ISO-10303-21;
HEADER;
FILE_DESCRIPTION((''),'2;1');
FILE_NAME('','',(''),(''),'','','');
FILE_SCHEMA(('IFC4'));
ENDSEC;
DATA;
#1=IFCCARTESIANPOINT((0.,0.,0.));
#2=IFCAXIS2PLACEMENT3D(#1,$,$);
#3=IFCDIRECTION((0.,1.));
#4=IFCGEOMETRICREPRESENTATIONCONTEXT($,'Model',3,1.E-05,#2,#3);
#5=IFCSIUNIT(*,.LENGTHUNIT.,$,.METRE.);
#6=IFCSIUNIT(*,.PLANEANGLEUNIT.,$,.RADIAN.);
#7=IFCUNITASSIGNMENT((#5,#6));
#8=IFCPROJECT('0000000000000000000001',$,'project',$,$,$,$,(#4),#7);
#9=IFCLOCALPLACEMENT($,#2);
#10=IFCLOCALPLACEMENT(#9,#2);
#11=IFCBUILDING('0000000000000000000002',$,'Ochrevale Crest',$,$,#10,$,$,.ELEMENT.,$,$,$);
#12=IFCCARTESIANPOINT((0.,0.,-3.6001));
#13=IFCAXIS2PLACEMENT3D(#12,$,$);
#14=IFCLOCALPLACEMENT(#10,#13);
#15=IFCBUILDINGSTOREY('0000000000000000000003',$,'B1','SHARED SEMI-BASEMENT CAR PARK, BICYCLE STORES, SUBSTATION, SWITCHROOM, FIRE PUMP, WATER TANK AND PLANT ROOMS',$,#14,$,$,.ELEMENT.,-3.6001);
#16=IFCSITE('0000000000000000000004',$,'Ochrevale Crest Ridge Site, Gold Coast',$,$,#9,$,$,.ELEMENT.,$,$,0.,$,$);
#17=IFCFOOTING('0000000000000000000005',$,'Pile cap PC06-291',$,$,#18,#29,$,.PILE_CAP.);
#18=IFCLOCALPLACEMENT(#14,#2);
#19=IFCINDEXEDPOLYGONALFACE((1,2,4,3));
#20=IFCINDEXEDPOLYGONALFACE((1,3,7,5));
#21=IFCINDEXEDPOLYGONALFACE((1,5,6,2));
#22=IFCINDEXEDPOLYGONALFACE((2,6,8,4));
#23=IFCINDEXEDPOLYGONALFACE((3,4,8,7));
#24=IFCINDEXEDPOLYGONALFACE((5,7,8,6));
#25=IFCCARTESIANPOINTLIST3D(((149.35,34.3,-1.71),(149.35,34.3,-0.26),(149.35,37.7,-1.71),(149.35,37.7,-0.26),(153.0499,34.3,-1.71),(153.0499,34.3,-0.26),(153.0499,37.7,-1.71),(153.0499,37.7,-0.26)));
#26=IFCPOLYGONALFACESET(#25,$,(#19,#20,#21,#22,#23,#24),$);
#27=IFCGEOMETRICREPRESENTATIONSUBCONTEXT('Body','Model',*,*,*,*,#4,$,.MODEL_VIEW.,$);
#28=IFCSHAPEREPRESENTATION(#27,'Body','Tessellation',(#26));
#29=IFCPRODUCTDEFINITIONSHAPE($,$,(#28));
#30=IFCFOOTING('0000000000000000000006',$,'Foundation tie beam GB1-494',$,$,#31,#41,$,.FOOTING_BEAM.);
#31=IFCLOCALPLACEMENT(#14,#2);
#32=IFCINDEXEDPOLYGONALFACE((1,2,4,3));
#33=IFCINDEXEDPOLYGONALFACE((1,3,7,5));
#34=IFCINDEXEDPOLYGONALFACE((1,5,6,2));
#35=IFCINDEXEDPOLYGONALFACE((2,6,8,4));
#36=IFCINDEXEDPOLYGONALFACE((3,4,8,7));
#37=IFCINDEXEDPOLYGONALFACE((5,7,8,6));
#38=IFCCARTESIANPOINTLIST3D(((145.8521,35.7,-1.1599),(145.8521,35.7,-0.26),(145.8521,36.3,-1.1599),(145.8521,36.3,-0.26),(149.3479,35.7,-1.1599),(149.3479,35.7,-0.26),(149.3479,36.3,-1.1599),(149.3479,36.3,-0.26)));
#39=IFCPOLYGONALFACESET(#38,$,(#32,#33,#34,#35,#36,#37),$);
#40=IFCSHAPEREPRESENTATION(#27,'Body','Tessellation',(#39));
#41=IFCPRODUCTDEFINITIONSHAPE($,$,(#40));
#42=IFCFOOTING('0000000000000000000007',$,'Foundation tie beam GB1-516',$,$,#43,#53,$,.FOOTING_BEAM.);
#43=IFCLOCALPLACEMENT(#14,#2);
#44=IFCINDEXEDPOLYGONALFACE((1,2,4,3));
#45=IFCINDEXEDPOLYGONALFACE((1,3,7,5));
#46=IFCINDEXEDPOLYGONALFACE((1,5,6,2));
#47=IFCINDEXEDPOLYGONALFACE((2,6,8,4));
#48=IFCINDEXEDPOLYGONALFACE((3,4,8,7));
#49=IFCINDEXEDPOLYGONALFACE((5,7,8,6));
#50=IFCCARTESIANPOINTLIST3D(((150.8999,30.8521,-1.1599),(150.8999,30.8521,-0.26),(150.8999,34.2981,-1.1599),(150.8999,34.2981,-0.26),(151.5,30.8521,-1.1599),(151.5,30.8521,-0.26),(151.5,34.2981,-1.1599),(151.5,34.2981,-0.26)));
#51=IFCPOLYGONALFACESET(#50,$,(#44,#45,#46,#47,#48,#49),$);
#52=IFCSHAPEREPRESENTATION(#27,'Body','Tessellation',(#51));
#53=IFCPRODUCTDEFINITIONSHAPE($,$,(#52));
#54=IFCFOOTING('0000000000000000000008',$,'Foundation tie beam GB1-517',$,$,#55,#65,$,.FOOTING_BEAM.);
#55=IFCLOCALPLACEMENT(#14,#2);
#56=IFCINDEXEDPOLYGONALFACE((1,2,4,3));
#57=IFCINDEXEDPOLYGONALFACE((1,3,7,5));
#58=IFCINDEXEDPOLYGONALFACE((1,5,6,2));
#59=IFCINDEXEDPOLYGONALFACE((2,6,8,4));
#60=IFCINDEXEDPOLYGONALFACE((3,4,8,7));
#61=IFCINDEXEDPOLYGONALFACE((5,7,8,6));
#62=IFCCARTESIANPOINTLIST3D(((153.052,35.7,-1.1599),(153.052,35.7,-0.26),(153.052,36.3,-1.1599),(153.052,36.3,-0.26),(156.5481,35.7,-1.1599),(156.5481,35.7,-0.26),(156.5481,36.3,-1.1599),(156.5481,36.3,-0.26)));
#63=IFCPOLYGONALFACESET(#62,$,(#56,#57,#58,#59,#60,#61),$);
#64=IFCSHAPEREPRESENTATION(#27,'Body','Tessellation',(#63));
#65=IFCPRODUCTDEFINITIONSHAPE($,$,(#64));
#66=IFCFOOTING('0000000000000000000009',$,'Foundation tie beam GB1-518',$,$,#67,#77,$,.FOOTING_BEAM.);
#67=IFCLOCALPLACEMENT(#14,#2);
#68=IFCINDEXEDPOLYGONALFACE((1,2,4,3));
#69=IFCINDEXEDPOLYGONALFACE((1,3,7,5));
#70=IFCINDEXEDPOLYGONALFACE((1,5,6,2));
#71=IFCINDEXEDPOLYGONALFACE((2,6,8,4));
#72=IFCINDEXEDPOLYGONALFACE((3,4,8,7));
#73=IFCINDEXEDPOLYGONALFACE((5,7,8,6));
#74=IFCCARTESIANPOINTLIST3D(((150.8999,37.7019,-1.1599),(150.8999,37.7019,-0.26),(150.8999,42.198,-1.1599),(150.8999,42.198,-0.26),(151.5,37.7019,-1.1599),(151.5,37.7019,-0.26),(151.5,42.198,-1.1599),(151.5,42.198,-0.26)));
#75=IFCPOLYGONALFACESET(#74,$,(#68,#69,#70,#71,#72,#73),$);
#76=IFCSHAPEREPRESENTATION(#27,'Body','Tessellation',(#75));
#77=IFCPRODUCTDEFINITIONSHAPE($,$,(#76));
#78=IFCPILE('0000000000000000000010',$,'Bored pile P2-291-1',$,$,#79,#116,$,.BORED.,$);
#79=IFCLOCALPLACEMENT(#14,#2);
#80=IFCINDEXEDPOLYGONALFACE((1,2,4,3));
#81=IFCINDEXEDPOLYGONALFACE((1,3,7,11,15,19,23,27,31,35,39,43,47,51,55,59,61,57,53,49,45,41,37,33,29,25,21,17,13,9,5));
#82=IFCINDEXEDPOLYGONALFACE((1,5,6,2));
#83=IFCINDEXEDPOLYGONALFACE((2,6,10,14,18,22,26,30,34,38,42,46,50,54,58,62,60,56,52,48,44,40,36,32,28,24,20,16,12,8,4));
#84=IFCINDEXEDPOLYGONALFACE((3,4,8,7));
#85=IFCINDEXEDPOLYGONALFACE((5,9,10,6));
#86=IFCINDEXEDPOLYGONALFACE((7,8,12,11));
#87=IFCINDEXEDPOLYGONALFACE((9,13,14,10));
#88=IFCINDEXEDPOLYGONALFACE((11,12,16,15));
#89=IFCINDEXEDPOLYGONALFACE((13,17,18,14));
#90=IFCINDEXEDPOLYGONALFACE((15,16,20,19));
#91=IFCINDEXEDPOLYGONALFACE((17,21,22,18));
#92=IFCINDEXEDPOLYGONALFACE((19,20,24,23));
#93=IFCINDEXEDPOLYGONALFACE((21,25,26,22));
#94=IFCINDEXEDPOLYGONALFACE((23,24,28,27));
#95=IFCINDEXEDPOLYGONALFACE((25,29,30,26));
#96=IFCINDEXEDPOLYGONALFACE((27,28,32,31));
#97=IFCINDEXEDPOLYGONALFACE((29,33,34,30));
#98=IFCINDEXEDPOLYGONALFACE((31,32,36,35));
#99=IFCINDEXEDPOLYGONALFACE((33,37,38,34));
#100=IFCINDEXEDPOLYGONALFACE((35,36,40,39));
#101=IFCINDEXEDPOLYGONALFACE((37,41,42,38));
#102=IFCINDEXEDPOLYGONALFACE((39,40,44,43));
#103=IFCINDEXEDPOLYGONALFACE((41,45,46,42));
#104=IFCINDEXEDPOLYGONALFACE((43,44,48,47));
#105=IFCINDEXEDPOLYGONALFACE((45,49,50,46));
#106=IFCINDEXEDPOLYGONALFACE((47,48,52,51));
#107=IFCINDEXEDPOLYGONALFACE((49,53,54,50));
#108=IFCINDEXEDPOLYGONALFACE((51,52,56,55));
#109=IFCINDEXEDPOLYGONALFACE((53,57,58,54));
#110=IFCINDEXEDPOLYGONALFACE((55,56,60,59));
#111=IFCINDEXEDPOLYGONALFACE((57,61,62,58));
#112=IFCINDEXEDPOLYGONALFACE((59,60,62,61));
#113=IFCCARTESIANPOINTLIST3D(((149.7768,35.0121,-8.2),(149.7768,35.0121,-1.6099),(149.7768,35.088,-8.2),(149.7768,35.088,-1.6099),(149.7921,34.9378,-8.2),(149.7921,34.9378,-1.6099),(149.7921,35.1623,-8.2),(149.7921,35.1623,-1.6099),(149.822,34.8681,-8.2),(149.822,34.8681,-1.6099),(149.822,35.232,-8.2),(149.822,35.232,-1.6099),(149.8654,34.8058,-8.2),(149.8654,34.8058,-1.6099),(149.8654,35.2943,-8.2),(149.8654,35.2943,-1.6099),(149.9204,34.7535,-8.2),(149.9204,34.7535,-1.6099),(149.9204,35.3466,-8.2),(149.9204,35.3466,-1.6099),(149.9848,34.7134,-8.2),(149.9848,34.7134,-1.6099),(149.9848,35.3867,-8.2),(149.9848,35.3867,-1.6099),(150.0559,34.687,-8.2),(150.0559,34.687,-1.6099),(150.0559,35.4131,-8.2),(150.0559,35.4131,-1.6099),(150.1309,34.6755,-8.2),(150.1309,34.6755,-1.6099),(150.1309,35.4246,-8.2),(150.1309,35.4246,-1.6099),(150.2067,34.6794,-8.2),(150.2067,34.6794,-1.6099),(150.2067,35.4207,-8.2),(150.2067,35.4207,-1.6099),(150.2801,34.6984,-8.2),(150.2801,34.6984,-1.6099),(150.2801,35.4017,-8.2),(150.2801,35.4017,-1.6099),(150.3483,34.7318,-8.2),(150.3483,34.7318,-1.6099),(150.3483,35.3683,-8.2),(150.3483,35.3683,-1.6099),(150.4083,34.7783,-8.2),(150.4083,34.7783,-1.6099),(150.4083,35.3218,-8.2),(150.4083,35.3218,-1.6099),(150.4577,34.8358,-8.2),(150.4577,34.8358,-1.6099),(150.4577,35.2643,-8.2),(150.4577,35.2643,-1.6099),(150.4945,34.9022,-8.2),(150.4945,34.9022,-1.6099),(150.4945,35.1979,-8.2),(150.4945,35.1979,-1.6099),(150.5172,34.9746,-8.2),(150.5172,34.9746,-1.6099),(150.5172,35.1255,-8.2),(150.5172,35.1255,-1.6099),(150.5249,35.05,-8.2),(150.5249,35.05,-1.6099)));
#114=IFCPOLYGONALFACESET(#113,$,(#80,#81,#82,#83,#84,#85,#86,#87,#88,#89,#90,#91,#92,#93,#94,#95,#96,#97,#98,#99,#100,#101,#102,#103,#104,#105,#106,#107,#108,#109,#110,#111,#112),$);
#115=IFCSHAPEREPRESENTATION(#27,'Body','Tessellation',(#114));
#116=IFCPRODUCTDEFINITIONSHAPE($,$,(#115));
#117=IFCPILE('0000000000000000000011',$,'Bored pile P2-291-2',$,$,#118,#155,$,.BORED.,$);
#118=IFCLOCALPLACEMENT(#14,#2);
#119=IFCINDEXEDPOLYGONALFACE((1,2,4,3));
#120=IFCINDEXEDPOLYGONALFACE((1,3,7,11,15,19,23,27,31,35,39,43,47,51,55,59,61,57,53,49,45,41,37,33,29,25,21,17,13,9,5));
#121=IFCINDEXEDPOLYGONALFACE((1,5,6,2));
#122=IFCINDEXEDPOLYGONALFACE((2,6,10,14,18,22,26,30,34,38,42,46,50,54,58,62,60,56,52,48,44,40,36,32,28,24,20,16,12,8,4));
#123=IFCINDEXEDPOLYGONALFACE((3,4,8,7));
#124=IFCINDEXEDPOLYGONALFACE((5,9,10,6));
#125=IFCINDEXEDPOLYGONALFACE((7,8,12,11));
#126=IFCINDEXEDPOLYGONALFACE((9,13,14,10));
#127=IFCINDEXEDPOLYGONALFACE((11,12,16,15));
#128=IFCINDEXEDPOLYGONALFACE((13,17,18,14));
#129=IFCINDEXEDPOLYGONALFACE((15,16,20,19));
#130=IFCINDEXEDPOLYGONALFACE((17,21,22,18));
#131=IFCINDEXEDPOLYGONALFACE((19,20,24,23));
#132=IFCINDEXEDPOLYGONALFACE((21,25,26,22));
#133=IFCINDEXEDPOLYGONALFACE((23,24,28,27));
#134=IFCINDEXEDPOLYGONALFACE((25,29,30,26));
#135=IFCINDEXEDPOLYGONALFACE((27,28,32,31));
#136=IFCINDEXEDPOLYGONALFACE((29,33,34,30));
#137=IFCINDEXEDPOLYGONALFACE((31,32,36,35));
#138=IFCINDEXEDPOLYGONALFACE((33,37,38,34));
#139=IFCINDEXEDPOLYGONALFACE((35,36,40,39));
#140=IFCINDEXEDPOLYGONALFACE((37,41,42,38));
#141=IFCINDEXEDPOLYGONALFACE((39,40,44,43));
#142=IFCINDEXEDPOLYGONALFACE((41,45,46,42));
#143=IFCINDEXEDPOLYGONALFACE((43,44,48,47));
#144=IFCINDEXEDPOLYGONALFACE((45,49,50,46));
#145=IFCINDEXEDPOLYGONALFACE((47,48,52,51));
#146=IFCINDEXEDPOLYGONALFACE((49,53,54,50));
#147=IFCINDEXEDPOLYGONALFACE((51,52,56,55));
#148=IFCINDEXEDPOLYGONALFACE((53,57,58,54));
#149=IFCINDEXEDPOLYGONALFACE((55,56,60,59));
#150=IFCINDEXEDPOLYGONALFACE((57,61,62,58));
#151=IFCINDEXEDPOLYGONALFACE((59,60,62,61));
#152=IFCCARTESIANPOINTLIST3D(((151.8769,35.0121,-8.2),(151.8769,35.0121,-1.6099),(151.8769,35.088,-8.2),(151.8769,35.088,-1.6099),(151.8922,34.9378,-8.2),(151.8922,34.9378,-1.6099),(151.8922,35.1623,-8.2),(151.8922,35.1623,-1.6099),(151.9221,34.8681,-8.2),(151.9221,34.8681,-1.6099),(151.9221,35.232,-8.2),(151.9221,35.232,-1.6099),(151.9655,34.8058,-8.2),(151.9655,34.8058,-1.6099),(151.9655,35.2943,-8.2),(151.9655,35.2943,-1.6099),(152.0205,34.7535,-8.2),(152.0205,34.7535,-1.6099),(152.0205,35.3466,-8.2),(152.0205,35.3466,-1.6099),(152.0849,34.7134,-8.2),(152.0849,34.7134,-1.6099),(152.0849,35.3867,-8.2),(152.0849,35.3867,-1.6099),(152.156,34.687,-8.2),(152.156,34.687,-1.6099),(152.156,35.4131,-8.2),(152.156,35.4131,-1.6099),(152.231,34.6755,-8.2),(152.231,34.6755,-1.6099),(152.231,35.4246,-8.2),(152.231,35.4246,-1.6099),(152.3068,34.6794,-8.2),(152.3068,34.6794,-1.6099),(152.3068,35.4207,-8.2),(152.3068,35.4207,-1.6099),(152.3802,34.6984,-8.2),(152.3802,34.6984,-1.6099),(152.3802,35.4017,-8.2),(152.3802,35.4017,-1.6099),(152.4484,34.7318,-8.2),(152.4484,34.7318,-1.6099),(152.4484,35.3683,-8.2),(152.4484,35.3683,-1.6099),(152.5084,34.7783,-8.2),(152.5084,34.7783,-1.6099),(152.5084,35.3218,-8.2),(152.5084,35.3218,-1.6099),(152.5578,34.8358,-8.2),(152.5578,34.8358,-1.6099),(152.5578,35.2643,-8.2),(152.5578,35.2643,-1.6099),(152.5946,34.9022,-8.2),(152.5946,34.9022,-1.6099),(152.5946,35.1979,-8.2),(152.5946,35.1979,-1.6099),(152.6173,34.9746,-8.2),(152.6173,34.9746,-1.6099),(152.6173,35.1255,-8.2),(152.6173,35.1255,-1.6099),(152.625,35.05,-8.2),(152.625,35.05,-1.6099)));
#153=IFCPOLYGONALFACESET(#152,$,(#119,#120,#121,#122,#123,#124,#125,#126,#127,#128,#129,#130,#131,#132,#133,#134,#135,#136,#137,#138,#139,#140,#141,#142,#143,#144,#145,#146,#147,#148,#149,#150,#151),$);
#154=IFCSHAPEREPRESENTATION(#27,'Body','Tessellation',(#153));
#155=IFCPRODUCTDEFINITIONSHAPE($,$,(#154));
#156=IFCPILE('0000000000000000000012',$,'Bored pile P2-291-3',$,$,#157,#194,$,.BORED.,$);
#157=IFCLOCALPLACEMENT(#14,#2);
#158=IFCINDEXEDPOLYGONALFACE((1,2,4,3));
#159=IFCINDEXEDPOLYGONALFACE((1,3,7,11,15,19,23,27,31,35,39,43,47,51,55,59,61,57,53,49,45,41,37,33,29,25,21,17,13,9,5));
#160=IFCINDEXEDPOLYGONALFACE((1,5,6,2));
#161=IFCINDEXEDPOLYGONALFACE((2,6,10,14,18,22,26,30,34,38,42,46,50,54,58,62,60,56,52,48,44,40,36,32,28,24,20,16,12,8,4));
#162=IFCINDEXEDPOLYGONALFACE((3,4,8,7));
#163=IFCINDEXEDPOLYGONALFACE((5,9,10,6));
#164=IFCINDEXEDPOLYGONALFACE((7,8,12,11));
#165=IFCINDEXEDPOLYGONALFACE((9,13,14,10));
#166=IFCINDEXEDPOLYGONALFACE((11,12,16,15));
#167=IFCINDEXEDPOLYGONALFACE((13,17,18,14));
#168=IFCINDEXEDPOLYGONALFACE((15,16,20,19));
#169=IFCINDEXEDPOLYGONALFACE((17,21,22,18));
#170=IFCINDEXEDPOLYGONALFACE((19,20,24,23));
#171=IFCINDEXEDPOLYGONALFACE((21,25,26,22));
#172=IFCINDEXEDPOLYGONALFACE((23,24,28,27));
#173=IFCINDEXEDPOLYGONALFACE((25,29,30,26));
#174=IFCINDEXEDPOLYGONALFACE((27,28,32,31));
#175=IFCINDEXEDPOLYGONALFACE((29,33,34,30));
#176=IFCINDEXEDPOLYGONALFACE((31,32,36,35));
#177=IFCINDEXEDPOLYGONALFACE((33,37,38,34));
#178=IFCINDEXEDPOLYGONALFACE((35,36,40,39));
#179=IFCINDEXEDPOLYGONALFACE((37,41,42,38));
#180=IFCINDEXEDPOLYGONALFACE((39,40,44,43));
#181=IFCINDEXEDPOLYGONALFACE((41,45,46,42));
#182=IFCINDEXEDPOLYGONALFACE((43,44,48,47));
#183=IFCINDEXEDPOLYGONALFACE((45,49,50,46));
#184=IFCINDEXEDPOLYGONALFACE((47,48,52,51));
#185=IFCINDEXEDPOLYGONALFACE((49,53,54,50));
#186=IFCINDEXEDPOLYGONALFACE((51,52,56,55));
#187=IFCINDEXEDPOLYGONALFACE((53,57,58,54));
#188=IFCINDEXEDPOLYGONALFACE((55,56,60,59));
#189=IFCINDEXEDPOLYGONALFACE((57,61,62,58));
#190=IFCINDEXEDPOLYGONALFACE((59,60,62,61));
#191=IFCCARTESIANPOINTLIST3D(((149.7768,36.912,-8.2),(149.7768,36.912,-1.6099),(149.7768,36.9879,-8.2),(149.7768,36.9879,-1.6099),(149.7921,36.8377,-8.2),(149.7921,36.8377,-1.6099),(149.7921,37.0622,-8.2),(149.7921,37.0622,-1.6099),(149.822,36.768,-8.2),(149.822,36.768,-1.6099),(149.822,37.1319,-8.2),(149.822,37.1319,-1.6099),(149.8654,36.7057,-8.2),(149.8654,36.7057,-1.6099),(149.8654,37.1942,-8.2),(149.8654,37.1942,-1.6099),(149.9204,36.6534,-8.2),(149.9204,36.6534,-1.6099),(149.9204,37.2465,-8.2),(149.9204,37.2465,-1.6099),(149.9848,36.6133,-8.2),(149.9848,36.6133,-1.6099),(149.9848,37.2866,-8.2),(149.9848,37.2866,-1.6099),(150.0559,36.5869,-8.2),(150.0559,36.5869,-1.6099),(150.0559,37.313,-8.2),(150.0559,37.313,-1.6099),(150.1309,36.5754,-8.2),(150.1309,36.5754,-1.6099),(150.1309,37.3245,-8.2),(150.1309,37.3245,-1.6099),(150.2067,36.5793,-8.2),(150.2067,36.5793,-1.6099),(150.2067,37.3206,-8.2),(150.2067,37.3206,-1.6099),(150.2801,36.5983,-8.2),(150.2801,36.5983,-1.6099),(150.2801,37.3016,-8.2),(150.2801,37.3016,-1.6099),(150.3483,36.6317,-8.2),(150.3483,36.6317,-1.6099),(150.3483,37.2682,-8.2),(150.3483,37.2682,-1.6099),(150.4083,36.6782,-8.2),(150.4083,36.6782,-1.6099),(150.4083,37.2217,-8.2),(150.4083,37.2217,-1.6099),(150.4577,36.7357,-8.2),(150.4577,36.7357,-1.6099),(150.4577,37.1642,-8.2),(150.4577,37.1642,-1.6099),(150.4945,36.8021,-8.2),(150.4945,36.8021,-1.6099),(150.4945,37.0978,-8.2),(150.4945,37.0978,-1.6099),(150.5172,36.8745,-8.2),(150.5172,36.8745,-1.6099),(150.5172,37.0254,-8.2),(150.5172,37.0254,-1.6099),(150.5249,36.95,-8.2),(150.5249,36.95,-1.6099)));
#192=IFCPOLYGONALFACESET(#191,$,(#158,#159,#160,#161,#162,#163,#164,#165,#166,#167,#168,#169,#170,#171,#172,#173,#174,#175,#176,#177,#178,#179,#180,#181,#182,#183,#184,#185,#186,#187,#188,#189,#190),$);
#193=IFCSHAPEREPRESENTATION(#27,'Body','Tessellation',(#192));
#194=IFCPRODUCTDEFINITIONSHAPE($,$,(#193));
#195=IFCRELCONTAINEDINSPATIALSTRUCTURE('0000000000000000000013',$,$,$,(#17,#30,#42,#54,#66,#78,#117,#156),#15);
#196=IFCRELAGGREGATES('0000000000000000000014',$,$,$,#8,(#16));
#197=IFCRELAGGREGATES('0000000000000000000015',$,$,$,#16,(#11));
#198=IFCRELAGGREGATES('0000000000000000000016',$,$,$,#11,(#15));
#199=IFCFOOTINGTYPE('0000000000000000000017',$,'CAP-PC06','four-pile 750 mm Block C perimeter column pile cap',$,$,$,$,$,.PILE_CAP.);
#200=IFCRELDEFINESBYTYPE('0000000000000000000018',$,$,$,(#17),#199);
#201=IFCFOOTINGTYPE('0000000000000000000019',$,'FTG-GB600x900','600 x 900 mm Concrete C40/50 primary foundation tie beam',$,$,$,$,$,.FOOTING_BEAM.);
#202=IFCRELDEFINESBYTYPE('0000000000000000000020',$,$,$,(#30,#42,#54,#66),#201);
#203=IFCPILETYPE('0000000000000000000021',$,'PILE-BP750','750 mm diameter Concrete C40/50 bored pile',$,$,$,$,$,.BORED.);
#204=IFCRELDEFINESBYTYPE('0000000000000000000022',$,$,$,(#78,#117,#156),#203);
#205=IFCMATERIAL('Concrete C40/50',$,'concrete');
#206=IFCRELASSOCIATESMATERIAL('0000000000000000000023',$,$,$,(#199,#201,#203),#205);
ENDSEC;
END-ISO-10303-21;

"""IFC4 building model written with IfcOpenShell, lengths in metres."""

from ifc_helpers import new_model, si_unit, direction, frame, origin, origin_2d, place, context, subcontext, project, spatial, rectangle, circle, extrude, material, material_profile, profile_set, type_object, element, save


model = new_model("IFC4")

# Units and contexts
model_context = context("Model", 3, precision=1e-05, world=origin(), true_north=direction((0.0, 1.0)))
body_context = subcontext(model_context, "Body", "Model", "MODEL_VIEW")
ifc_project = project(units=[si_unit("LENGTHUNIT", "METRE"), si_unit("PLANEANGLEUNIT", "RADIAN")], contexts=[model_context])

# Site, building, storey
site_placement = place(None, origin())
site = spatial("IfcSite", under=ifc_project, at=site_placement, Name="Ochrevale Crest Ridge Site, Gold Coast", CompositionType="ELEMENT", RefElevation=0.0)
building_placement = place(site_placement, origin())
building = spatial("IfcBuilding", under=site, at=building_placement, Name="Ochrevale Crest", CompositionType="ELEMENT")
storey_placement = place(building_placement, frame((0.0, 0.0, -3.6001)))
storey = spatial("IfcBuildingStorey", under=building, at=storey_placement, Name="B1", Description="SHARED SEMI-BASEMENT CAR PARK, BICYCLE STORES, SUBSTATION, SWITCHROOM, FIRE PUMP, WATER TANK AND PLANT ROOMS", CompositionType="ELEMENT", Elevation=-3.6001)

# Footings
ifc_material_1 = material(Name="Concrete C40/50", Category="concrete")
footing_type_1 = type_object("IfcFootingType", Name="CAP-PC06", Description="four-pile 750 mm Block C perimeter column pile cap", PredefinedType="PILE_CAP", material=ifc_material_1)
footing_1_placement = place(storey_placement, frame((151.2, 36.0, -1.71), z_axis=(0.0, 0.0, 1.0), x_axis=(1.0, 0.0, 0.0)))
element("IfcFooting", 1, at=footing_1_placement, inside=storey, type_object=footing_type_1, Name="Pile cap PC06-291", PredefinedType="PILE_CAP", context=body_context, shape_type="SweptSolid", body=[
    extrude(rectangle(XDim=3.7, YDim=3.3999, at=origin_2d()), origin(), (0.0, 0.0, 1.0), 1.45),
])
ifc_material_profile_1 = material_profile(ifc_material_1, rectangle(XDim=0.6001, YDim=0.8999, at=origin_2d()), Name="GB 600x900")
ifc_profile_set_1 = profile_set([ifc_material_profile_1], Name="Concrete C40/50")
footing_type_2 = type_object("IfcFootingType", Name="FTG-GB600x900", Description="600 x 900 mm Concrete C40/50 primary foundation tie beam", PredefinedType="FOOTING_BEAM", material=ifc_profile_set_1)
footing_2_placement = place(storey_placement, frame((145.8521, 36.0, -0.71), z_axis=(1.0, 0.0, 0.0), x_axis=(0.0, 1.0, 0.0)))
element("IfcFooting", 2, at=footing_2_placement, inside=storey, type_object=footing_type_2, Name="Foundation tie beam GB1-494", PredefinedType="FOOTING_BEAM", context=body_context, shape_type="SweptSolid", body=[
    extrude(rectangle(XDim=0.6001, YDim=0.8999, at=origin_2d()), origin(), (0.0, 0.0, 1.0), 3.4958),
])
footing_3_placement = place(storey_placement, frame((151.2, 30.8521, -0.71), z_axis=(0.0, 1.0, 0.0), x_axis=(-1.0, 0.0, 0.0)))
element("IfcFooting", 3, at=footing_3_placement, inside=storey, type_object=footing_type_2, Name="Foundation tie beam GB1-516", PredefinedType="FOOTING_BEAM", context=body_context, shape_type="SweptSolid", body=[
    extrude(rectangle(XDim=0.6001, YDim=0.8999, at=origin_2d()), origin(), (0.0, 0.0, 1.0), 3.446),
])
footing_4_placement = place(storey_placement, frame((153.052, 36.0, -0.71), z_axis=(1.0, 0.0, 0.0), x_axis=(0.0, 1.0, 0.0)))
element("IfcFooting", 4, at=footing_4_placement, inside=storey, type_object=footing_type_2, Name="Foundation tie beam GB1-517", PredefinedType="FOOTING_BEAM", context=body_context, shape_type="SweptSolid", body=[
    extrude(rectangle(XDim=0.6001, YDim=0.8999, at=origin_2d()), origin(), (0.0, 0.0, 1.0), 3.4961),
])
footing_5_placement = place(storey_placement, frame((151.2, 37.7019, -0.71), z_axis=(0.0, 1.0, 0.0), x_axis=(-1.0, 0.0, 0.0)))
element("IfcFooting", 5, at=footing_5_placement, inside=storey, type_object=footing_type_2, Name="Foundation tie beam GB1-518", PredefinedType="FOOTING_BEAM", context=body_context, shape_type="SweptSolid", body=[
    extrude(rectangle(XDim=0.6001, YDim=0.8999, at=origin_2d()), origin(), (0.0, 0.0, 1.0), 4.4961),
])

# Piles
ifc_material_profile_2 = material_profile(ifc_material_1, circle(Radius=0.375, at=origin_2d()), Name="BORED PILE 750")
ifc_profile_set_2 = profile_set([ifc_material_profile_2], Name="Concrete C40/50")
pile_type_1 = type_object("IfcPileType", Name="PILE-BP750", Description="750 mm diameter Concrete C40/50 bored pile", PredefinedType="BORED", material=ifc_profile_set_2)
for number, where, z_axis, x_axis, name in (
    (6, (150.1499, 35.05, -1.6099), (0.0, 0.0, -1.0), (1.0, 0.0, 0.0), "Bored pile P2-291-1"),
    (7, (152.25, 35.05, -1.6099), (0.0, 0.0, -1.0), (1.0, 0.0, 0.0), "Bored pile P2-291-2"),
    (8, (150.1499, 36.95, -1.6099), (0.0, 0.0, -1.0), (1.0, 0.0, 0.0), "Bored pile P2-291-3"),
):
    element("IfcPile", number, at=place(storey_placement, frame(where, z_axis=z_axis, x_axis=x_axis)), inside=storey, type_object=pile_type_1, Name=name, PredefinedType="BORED", context=body_context, shape_type="SweptSolid", body=[
        extrude(circle(Radius=0.375, at=origin_2d()), origin(), (0.0, 0.0, 1.0), 6.5901),
    ])

save(model, "model.ifc")
